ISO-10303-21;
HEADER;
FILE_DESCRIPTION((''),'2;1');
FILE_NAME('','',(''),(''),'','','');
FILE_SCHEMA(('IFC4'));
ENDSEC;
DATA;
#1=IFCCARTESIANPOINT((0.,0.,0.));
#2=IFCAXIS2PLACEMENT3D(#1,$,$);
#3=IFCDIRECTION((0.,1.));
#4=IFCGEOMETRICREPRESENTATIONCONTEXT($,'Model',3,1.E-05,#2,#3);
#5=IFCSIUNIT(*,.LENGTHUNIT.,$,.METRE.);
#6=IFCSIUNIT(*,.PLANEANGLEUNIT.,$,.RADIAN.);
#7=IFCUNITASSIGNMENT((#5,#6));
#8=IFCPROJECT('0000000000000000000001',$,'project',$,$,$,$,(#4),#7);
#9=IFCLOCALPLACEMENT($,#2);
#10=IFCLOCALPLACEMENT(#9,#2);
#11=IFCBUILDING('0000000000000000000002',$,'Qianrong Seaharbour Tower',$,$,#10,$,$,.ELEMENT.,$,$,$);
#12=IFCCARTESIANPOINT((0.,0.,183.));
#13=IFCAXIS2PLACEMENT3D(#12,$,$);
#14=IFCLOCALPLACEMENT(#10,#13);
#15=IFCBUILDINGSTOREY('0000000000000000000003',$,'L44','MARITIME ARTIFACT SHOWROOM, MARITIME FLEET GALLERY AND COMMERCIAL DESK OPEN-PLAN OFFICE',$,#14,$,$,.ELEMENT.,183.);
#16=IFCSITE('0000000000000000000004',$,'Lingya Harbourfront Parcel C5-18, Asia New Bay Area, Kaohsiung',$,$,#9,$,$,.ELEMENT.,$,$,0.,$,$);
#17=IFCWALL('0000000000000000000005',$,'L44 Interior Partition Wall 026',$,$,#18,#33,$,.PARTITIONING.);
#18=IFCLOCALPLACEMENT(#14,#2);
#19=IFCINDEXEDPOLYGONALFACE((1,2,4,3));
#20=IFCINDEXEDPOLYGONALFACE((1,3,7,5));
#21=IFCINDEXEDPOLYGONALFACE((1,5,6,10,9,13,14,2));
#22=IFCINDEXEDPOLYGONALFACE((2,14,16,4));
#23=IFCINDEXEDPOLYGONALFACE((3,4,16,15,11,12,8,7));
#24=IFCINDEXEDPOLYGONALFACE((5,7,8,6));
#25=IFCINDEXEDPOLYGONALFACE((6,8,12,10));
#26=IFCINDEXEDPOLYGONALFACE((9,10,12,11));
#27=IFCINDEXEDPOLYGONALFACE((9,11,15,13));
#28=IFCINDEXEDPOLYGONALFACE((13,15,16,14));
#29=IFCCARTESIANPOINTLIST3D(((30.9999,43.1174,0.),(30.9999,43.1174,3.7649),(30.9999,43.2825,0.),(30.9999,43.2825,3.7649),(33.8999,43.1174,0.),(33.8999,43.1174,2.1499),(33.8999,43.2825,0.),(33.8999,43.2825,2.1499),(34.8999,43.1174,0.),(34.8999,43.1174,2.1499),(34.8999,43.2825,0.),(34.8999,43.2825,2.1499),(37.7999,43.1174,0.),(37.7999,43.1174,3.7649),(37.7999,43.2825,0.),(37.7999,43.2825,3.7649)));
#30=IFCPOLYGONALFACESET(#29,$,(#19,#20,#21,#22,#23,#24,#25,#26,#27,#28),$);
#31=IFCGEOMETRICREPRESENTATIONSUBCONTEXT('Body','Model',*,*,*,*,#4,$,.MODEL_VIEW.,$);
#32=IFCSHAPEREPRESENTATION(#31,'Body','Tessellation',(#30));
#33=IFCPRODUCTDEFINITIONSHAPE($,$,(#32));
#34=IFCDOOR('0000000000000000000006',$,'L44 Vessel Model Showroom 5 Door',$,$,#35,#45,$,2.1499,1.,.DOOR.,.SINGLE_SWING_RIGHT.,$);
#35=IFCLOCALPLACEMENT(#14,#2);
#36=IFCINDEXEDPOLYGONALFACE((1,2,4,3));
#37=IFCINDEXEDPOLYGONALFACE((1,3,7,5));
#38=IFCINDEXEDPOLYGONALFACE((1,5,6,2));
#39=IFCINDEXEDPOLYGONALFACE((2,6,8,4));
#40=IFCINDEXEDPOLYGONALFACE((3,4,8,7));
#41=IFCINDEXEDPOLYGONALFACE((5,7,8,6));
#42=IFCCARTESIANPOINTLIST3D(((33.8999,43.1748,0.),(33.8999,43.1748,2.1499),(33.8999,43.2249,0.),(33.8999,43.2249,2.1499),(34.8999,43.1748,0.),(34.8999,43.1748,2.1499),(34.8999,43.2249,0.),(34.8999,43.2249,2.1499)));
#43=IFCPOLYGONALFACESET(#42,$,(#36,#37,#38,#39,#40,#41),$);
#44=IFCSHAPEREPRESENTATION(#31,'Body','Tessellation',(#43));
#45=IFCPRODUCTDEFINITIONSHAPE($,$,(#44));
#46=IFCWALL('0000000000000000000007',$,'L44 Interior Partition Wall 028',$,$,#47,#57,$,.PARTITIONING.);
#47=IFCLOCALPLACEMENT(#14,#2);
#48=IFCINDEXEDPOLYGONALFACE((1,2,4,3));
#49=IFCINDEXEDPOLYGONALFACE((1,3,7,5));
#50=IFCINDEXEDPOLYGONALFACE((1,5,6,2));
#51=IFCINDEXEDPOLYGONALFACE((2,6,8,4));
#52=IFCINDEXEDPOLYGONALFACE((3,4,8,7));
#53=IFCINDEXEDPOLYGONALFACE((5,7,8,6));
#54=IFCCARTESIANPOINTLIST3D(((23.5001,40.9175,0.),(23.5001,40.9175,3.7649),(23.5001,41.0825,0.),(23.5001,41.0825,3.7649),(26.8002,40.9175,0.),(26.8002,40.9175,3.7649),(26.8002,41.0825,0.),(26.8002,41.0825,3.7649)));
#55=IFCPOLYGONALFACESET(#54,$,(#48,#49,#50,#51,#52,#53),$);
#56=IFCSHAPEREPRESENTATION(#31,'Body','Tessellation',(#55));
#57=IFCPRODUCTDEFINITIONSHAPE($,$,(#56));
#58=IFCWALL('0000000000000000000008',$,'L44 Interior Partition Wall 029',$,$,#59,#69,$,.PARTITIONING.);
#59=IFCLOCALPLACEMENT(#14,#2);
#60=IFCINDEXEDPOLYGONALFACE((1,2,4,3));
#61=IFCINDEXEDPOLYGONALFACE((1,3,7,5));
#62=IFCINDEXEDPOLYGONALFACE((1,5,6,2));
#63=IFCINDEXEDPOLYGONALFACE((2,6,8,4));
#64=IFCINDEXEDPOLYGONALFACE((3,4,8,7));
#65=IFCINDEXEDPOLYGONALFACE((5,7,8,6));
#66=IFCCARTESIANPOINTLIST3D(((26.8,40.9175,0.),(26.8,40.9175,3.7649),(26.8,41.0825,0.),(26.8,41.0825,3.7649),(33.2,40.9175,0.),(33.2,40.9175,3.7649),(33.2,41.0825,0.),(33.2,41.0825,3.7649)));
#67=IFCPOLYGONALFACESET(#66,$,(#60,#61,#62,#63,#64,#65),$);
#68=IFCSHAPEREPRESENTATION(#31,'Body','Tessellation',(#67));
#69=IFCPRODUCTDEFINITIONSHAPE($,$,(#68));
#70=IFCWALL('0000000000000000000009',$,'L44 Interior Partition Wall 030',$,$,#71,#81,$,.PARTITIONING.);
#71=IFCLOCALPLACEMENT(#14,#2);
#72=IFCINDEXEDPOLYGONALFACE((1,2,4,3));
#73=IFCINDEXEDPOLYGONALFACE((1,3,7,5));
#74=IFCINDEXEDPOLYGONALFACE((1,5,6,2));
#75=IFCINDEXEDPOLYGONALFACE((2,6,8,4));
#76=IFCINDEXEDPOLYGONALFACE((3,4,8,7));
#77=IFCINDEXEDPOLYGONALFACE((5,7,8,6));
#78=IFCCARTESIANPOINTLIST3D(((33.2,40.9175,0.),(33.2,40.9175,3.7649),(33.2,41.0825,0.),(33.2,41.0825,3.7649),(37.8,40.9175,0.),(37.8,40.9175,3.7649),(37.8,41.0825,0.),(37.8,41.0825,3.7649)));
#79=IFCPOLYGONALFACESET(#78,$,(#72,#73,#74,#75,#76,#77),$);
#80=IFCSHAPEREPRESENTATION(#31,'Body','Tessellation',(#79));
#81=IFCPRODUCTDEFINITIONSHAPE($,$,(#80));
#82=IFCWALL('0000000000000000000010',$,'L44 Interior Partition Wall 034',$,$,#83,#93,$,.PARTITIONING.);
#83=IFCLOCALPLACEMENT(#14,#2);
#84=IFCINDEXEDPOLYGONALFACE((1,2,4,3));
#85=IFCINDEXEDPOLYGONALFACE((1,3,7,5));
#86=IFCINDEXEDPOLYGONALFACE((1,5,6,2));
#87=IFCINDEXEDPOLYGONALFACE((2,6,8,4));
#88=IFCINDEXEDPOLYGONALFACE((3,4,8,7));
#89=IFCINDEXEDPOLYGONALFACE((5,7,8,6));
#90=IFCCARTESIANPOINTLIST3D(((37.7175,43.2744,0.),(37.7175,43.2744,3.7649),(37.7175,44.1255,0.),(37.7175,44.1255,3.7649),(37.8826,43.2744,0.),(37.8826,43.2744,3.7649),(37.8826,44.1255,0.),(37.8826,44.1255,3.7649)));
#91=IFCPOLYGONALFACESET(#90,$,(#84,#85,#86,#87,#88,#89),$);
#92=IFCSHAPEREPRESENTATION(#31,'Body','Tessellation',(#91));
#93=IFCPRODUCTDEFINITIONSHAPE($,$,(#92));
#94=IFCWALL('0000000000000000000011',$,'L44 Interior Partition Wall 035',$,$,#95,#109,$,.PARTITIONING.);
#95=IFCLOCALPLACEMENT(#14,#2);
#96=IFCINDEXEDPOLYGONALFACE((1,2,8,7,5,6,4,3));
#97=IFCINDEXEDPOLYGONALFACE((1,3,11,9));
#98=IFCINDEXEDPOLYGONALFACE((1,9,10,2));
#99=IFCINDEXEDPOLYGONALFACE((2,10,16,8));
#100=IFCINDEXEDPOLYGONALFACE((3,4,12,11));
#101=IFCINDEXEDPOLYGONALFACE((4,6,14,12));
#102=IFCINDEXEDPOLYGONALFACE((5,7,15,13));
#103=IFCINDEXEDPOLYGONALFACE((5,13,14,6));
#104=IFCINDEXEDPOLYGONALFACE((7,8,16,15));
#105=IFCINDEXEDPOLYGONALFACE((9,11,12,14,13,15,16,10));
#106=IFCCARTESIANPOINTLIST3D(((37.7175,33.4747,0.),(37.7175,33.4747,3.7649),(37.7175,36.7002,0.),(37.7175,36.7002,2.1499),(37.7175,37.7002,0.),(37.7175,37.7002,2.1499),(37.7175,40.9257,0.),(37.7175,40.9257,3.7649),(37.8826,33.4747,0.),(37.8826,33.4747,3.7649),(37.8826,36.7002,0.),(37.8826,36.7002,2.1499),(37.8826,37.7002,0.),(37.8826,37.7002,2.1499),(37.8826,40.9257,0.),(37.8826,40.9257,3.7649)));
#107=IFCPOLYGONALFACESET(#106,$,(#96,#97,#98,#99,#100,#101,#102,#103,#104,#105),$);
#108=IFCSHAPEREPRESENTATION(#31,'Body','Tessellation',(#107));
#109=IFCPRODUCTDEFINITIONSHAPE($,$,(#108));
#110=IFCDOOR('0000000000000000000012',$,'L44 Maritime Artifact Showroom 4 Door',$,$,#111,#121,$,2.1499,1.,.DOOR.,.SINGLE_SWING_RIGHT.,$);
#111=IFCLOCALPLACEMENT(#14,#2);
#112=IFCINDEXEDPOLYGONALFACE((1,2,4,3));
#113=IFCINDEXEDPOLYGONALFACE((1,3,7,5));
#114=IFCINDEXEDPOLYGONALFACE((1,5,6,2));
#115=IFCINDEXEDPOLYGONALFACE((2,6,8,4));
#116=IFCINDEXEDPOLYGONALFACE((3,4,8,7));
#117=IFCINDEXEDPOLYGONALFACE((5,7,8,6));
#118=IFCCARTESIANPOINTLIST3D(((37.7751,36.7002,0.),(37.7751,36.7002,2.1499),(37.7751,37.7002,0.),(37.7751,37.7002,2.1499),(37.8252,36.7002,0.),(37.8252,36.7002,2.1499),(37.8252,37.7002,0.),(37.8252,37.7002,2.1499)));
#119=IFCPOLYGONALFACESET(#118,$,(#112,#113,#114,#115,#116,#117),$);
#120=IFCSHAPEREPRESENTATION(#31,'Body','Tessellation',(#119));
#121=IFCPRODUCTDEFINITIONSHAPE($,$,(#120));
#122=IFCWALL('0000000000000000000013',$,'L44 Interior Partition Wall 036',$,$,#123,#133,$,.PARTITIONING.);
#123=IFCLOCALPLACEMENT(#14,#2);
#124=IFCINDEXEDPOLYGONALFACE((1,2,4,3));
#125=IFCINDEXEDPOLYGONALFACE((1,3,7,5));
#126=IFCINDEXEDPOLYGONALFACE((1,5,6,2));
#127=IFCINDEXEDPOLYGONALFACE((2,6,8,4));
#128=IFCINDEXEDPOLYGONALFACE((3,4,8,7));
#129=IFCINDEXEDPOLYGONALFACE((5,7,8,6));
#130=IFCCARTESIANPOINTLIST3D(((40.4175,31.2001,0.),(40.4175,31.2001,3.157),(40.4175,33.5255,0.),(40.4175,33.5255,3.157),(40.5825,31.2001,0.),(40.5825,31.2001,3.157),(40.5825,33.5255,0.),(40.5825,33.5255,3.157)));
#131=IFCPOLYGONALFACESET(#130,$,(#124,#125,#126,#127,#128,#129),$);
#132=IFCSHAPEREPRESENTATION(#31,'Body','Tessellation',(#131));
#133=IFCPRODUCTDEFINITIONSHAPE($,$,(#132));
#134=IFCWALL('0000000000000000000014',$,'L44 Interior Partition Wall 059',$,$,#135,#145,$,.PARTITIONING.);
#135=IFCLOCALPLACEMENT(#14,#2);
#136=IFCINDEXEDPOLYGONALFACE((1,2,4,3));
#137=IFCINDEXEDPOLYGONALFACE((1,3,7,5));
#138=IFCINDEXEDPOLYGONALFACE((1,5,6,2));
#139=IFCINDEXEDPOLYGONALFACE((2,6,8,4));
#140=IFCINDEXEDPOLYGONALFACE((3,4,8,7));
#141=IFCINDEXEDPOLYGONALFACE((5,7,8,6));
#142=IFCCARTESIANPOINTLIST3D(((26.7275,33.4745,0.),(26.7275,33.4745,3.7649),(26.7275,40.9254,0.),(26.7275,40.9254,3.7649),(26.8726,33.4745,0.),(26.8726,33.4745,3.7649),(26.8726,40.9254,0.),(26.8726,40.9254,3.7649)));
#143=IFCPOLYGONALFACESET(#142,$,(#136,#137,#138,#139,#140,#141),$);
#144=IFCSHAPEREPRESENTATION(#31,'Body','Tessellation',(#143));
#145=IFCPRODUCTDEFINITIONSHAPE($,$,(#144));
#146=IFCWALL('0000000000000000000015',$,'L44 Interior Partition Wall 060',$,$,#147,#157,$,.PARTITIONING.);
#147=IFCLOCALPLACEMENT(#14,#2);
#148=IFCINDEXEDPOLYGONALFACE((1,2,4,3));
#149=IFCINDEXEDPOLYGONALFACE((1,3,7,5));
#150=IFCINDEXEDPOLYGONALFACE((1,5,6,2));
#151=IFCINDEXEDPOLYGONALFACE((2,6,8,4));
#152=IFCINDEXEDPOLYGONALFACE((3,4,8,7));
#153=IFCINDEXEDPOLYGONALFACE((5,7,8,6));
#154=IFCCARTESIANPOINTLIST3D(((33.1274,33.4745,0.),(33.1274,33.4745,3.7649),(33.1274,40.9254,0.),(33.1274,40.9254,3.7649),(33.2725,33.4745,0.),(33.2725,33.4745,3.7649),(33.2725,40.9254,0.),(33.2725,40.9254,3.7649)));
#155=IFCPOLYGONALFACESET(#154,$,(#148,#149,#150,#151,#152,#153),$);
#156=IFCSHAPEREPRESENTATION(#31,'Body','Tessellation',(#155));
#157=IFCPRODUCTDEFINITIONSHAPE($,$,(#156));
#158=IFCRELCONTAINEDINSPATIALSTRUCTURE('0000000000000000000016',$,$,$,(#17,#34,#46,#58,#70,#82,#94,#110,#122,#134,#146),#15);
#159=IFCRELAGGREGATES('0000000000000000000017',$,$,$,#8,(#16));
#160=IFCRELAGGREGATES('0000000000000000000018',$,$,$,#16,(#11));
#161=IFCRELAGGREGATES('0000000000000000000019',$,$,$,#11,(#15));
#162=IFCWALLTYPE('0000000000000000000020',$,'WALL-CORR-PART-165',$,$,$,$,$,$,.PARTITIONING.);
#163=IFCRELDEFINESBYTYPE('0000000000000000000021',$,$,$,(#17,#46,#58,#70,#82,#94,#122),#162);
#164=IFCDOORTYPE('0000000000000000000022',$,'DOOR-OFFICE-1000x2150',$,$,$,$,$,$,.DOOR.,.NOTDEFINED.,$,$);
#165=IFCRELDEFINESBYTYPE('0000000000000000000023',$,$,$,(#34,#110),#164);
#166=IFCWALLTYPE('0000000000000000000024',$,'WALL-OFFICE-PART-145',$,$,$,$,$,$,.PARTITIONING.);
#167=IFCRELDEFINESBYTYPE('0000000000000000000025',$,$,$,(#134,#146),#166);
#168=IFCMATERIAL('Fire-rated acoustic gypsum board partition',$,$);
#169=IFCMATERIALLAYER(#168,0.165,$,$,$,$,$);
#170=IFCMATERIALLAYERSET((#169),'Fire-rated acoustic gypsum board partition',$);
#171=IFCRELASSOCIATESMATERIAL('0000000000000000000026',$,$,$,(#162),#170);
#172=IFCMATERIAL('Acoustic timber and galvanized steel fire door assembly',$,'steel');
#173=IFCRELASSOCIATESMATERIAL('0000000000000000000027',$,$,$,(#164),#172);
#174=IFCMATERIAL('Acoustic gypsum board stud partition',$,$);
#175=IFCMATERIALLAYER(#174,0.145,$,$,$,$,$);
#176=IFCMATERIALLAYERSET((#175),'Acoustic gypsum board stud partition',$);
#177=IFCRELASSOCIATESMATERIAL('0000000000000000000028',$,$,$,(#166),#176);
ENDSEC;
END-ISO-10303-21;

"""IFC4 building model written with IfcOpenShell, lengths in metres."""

from ifc_helpers import new_model, si_unit, direction, frame, frame_2d, origin, place, context, subcontext, project, spatial, rectangle, extrude, material, layer, layer_set, type_object, element, fill, save


model = new_model("IFC4")

# Units and contexts
model_context = context("Model", 3, precision=1e-05, world=origin(), true_north=direction((0.0, 1.0)))
body_context = subcontext(model_context, "Body", "Model", "MODEL_VIEW")
ifc_project = project(units=[si_unit("LENGTHUNIT", "METRE"), si_unit("PLANEANGLEUNIT", "RADIAN")], contexts=[model_context])

# Site, building, storey
site_placement = place(None, origin())
site = spatial("IfcSite", under=ifc_project, at=site_placement, Name="Lingya Harbourfront Parcel C5-18, Asia New Bay Area, Kaohsiung", CompositionType="ELEMENT", RefElevation=0.0)
building_placement = place(site_placement, origin())
building = spatial("IfcBuilding", under=site, at=building_placement, Name="Qianrong Seaharbour Tower", CompositionType="ELEMENT")
storey_placement = place(building_placement, frame((0.0, 0.0, 183.0)))
storey = spatial("IfcBuildingStorey", under=building, at=storey_placement, Name="L44", Description="MARITIME ARTIFACT SHOWROOM, MARITIME FLEET GALLERY AND COMMERCIAL DESK OPEN-PLAN OFFICE", CompositionType="ELEMENT", Elevation=183.0)

# Wall, opening, door
ifc_material_1 = material(Name="Fire-rated acoustic gypsum board partition")
ifc_layer_1 = layer(ifc_material_1, 0.165)
ifc_layer_set_1 = layer_set([ifc_layer_1], Name="Fire-rated acoustic gypsum board partition")
wall_type_1 = type_object("IfcWallType", Name="WALL-CORR-PART-165", PredefinedType="PARTITIONING", material=ifc_layer_set_1)
ifc_material_2 = material(Name="Acoustic timber and galvanized steel fire door assembly", Category="steel")
wall_1_placement = place(storey_placement, frame((31.0, 43.2, 0.0), z_axis=(0.0, 0.0, 1.0), x_axis=(1.0, 0.0, 0.0)))
wall_1 = element("IfcWall", 1, at=wall_1_placement, inside=storey, type_object=wall_type_1, Name="L44 Interior Partition Wall 026", PredefinedType="PARTITIONING", context=body_context, shape_type="SweptSolid", body=[
    extrude(rectangle(XDim=6.8, YDim=0.165, at=frame_2d((3.3999, 0.0))), origin(), (0.0, 0.0, 1.0), 3.7649),
])
opening_1_placement = place(wall_1_placement, frame((2.8999, 0.0, 0.0)))
opening_1 = element("IfcOpeningElement", 2, at=opening_1_placement, cuts=wall_1, PredefinedType="OPENING", context=body_context, shape_type="SweptSolid", body=[
    extrude(rectangle(XDim=1.0, YDim=2.1499, at=frame_2d((0.5, 1.075))), frame((0.0, 0.0925, 0.0), z_axis=(0.0, -1.0, 0.0), x_axis=(1.0, 0.0, 0.0)), (0.0, 0.0, 1.0), 0.1851),
])
door_type_1 = type_object("IfcDoorType", Name="DOOR-OFFICE-1000x2150", OperationType="NOTDEFINED", PredefinedType="DOOR", material=ifc_material_2)
door_1_placement = place(opening_1_placement, origin())
door_1 = element("IfcDoor", 3, at=door_1_placement, inside=storey, type_object=door_type_1, Name="L44 Vessel Model Showroom 5 Door", OperationType="SINGLE_SWING_RIGHT", OverallHeight=2.1499, OverallWidth=1.0, PredefinedType="DOOR", context=body_context, shape_type="SweptSolid", body=[
    extrude(rectangle(XDim=1.0, YDim=2.1499, at=frame_2d((0.5, 1.075))), frame((0.0, 0.0249, 0.0), z_axis=(0.0, -1.0, 0.0), x_axis=(1.0, 0.0, 0.0)), (0.0, 0.0, 1.0), 0.05),
])
fill(opening_1, door_1)

# Walls
wall_2_placement = place(storey_placement, frame((26.8, 41.0, 0.0), z_axis=(0.0, 0.0, 1.0), x_axis=(-1.0, 0.0, 0.0)))
element("IfcWall", 4, at=wall_2_placement, inside=storey, type_object=wall_type_1, Name="L44 Interior Partition Wall 028", PredefinedType="PARTITIONING", context=body_context, shape_type="SweptSolid", body=[
    extrude(rectangle(XDim=3.3, YDim=0.165, at=frame_2d((1.6499, 0.0))), origin(), (0.0, 0.0, 1.0), 3.7649),
])
wall_3_placement = place(storey_placement, frame((33.2, 41.0, 0.0), z_axis=(0.0, 0.0, 1.0), x_axis=(-1.0, 0.0, 0.0)))
element("IfcWall", 5, at=wall_3_placement, inside=storey, type_object=wall_type_1, Name="L44 Interior Partition Wall 029", PredefinedType="PARTITIONING", context=body_context, shape_type="SweptSolid", body=[
    extrude(rectangle(XDim=6.3999, YDim=0.165, at=frame_2d((3.2, 0.0))), origin(), (0.0, 0.0, 1.0), 3.7649),
])
wall_4_placement = place(storey_placement, frame((37.8, 41.0, 0.0), z_axis=(0.0, 0.0, 1.0), x_axis=(-1.0, 0.0, 0.0)))
element("IfcWall", 6, at=wall_4_placement, inside=storey, type_object=wall_type_1, Name="L44 Interior Partition Wall 030", PredefinedType="PARTITIONING", context=body_context, shape_type="SweptSolid", body=[
    extrude(rectangle(XDim=4.6001, YDim=0.165, at=frame_2d((2.3, 0.0))), origin(), (0.0, 0.0, 1.0), 3.7649),
])
wall_5_placement = place(storey_placement, frame((37.8, 43.2744, 0.0), z_axis=(0.0, 0.0, 1.0), x_axis=(0.0, 1.0, 0.0)))
element("IfcWall", 7, at=wall_5_placement, inside=storey, type_object=wall_type_1, Name="L44 Interior Partition Wall 034", PredefinedType="PARTITIONING", context=body_context, shape_type="SweptSolid", body=[
    extrude(rectangle(XDim=0.8511, YDim=0.165, at=frame_2d((0.4255, 0.0))), origin(), (0.0, 0.0, 1.0), 3.7649),
])

# Wall, opening, door
wall_6_placement = place(storey_placement, frame((37.8, 33.4746, 0.0), z_axis=(0.0, 0.0, 1.0), x_axis=(0.0, 1.0, 0.0)))
wall_6 = element("IfcWall", 8, at=wall_6_placement, inside=storey, type_object=wall_type_1, Name="L44 Interior Partition Wall 035", PredefinedType="PARTITIONING", context=body_context, shape_type="SweptSolid", body=[
    extrude(rectangle(XDim=7.4509, YDim=0.165, at=frame_2d((3.7256, 0.0))), origin(), (0.0, 0.0, 1.0), 3.7649),
])
opening_2_placement = place(wall_6_placement, frame((3.2256, 0.0, 0.0)))
opening_2 = element("IfcOpeningElement", 9, at=opening_2_placement, cuts=wall_6, PredefinedType="OPENING", context=body_context, shape_type="SweptSolid", body=[
    extrude(rectangle(XDim=1.0, YDim=2.1499, at=frame_2d((0.5, 1.075))), frame((0.0, 0.0925, 0.0), z_axis=(0.0, -1.0, 0.0), x_axis=(1.0, 0.0, 0.0)), (0.0, 0.0, 1.0), 0.1851),
])
door_2_placement = place(opening_2_placement, origin())
door_2 = element("IfcDoor", 10, at=door_2_placement, inside=storey, type_object=door_type_1, Name="L44 Maritime Artifact Showroom 4 Door", OperationType="SINGLE_SWING_RIGHT", OverallHeight=2.1499, OverallWidth=1.0, PredefinedType="DOOR", context=body_context, shape_type="SweptSolid", body=[
    extrude(rectangle(XDim=1.0, YDim=2.1499, at=frame_2d((0.5, 1.075))), frame((0.0, 0.0249, 0.0), z_axis=(0.0, -1.0, 0.0), x_axis=(1.0, 0.0, 0.0)), (0.0, 0.0, 1.0), 0.05),
])
fill(opening_2, door_2)

# Walls
wall_7_placement = place(storey_placement, frame((40.5, 33.5254, 0.0), z_axis=(0.0, 0.0, 1.0), x_axis=(0.0, -1.0, 0.0)))
element("IfcWall", 11, at=wall_7_placement, inside=storey, type_object=wall_type_1, Name="L44 Interior Partition Wall 036", PredefinedType="PARTITIONING", context=body_context, shape_type="SweptSolid", body=[
    extrude(rectangle(XDim=2.3254, YDim=0.165, at=frame_2d((1.1626, 0.0))), origin(), (0.0, 0.0, 1.0), 3.157),
])
ifc_material_3 = material(Name="Acoustic gypsum board stud partition")
ifc_layer_2 = layer(ifc_material_3, 0.145)
ifc_layer_set_2 = layer_set([ifc_layer_2], Name="Acoustic gypsum board stud partition")
wall_type_2 = type_object("IfcWallType", Name="WALL-OFFICE-PART-145", PredefinedType="PARTITIONING", material=ifc_layer_set_2)
for number, where, z_axis, x_axis, name in (
    (12, (26.8, 40.9255, 0.0), (0.0, 0.0, 1.0), (0.0, -1.0, 0.0), "L44 Interior Partition Wall 059"),
    (13, (33.2, 40.9255, 0.0), (0.0, 0.0, 1.0), (0.0, -1.0, 0.0), "L44 Interior Partition Wall 060"),
):
    element("IfcWall", number, at=place(storey_placement, frame(where, z_axis=z_axis, x_axis=x_axis)), inside=storey, type_object=wall_type_2, Name=name, PredefinedType="PARTITIONING", context=body_context, shape_type="SweptSolid", body=[
        extrude(rectangle(XDim=7.4509, YDim=0.145, at=frame_2d((3.7256, 0.0))), origin(), (0.0, 0.0, 1.0), 3.7649),
    ])

save(model, "model.ifc")
